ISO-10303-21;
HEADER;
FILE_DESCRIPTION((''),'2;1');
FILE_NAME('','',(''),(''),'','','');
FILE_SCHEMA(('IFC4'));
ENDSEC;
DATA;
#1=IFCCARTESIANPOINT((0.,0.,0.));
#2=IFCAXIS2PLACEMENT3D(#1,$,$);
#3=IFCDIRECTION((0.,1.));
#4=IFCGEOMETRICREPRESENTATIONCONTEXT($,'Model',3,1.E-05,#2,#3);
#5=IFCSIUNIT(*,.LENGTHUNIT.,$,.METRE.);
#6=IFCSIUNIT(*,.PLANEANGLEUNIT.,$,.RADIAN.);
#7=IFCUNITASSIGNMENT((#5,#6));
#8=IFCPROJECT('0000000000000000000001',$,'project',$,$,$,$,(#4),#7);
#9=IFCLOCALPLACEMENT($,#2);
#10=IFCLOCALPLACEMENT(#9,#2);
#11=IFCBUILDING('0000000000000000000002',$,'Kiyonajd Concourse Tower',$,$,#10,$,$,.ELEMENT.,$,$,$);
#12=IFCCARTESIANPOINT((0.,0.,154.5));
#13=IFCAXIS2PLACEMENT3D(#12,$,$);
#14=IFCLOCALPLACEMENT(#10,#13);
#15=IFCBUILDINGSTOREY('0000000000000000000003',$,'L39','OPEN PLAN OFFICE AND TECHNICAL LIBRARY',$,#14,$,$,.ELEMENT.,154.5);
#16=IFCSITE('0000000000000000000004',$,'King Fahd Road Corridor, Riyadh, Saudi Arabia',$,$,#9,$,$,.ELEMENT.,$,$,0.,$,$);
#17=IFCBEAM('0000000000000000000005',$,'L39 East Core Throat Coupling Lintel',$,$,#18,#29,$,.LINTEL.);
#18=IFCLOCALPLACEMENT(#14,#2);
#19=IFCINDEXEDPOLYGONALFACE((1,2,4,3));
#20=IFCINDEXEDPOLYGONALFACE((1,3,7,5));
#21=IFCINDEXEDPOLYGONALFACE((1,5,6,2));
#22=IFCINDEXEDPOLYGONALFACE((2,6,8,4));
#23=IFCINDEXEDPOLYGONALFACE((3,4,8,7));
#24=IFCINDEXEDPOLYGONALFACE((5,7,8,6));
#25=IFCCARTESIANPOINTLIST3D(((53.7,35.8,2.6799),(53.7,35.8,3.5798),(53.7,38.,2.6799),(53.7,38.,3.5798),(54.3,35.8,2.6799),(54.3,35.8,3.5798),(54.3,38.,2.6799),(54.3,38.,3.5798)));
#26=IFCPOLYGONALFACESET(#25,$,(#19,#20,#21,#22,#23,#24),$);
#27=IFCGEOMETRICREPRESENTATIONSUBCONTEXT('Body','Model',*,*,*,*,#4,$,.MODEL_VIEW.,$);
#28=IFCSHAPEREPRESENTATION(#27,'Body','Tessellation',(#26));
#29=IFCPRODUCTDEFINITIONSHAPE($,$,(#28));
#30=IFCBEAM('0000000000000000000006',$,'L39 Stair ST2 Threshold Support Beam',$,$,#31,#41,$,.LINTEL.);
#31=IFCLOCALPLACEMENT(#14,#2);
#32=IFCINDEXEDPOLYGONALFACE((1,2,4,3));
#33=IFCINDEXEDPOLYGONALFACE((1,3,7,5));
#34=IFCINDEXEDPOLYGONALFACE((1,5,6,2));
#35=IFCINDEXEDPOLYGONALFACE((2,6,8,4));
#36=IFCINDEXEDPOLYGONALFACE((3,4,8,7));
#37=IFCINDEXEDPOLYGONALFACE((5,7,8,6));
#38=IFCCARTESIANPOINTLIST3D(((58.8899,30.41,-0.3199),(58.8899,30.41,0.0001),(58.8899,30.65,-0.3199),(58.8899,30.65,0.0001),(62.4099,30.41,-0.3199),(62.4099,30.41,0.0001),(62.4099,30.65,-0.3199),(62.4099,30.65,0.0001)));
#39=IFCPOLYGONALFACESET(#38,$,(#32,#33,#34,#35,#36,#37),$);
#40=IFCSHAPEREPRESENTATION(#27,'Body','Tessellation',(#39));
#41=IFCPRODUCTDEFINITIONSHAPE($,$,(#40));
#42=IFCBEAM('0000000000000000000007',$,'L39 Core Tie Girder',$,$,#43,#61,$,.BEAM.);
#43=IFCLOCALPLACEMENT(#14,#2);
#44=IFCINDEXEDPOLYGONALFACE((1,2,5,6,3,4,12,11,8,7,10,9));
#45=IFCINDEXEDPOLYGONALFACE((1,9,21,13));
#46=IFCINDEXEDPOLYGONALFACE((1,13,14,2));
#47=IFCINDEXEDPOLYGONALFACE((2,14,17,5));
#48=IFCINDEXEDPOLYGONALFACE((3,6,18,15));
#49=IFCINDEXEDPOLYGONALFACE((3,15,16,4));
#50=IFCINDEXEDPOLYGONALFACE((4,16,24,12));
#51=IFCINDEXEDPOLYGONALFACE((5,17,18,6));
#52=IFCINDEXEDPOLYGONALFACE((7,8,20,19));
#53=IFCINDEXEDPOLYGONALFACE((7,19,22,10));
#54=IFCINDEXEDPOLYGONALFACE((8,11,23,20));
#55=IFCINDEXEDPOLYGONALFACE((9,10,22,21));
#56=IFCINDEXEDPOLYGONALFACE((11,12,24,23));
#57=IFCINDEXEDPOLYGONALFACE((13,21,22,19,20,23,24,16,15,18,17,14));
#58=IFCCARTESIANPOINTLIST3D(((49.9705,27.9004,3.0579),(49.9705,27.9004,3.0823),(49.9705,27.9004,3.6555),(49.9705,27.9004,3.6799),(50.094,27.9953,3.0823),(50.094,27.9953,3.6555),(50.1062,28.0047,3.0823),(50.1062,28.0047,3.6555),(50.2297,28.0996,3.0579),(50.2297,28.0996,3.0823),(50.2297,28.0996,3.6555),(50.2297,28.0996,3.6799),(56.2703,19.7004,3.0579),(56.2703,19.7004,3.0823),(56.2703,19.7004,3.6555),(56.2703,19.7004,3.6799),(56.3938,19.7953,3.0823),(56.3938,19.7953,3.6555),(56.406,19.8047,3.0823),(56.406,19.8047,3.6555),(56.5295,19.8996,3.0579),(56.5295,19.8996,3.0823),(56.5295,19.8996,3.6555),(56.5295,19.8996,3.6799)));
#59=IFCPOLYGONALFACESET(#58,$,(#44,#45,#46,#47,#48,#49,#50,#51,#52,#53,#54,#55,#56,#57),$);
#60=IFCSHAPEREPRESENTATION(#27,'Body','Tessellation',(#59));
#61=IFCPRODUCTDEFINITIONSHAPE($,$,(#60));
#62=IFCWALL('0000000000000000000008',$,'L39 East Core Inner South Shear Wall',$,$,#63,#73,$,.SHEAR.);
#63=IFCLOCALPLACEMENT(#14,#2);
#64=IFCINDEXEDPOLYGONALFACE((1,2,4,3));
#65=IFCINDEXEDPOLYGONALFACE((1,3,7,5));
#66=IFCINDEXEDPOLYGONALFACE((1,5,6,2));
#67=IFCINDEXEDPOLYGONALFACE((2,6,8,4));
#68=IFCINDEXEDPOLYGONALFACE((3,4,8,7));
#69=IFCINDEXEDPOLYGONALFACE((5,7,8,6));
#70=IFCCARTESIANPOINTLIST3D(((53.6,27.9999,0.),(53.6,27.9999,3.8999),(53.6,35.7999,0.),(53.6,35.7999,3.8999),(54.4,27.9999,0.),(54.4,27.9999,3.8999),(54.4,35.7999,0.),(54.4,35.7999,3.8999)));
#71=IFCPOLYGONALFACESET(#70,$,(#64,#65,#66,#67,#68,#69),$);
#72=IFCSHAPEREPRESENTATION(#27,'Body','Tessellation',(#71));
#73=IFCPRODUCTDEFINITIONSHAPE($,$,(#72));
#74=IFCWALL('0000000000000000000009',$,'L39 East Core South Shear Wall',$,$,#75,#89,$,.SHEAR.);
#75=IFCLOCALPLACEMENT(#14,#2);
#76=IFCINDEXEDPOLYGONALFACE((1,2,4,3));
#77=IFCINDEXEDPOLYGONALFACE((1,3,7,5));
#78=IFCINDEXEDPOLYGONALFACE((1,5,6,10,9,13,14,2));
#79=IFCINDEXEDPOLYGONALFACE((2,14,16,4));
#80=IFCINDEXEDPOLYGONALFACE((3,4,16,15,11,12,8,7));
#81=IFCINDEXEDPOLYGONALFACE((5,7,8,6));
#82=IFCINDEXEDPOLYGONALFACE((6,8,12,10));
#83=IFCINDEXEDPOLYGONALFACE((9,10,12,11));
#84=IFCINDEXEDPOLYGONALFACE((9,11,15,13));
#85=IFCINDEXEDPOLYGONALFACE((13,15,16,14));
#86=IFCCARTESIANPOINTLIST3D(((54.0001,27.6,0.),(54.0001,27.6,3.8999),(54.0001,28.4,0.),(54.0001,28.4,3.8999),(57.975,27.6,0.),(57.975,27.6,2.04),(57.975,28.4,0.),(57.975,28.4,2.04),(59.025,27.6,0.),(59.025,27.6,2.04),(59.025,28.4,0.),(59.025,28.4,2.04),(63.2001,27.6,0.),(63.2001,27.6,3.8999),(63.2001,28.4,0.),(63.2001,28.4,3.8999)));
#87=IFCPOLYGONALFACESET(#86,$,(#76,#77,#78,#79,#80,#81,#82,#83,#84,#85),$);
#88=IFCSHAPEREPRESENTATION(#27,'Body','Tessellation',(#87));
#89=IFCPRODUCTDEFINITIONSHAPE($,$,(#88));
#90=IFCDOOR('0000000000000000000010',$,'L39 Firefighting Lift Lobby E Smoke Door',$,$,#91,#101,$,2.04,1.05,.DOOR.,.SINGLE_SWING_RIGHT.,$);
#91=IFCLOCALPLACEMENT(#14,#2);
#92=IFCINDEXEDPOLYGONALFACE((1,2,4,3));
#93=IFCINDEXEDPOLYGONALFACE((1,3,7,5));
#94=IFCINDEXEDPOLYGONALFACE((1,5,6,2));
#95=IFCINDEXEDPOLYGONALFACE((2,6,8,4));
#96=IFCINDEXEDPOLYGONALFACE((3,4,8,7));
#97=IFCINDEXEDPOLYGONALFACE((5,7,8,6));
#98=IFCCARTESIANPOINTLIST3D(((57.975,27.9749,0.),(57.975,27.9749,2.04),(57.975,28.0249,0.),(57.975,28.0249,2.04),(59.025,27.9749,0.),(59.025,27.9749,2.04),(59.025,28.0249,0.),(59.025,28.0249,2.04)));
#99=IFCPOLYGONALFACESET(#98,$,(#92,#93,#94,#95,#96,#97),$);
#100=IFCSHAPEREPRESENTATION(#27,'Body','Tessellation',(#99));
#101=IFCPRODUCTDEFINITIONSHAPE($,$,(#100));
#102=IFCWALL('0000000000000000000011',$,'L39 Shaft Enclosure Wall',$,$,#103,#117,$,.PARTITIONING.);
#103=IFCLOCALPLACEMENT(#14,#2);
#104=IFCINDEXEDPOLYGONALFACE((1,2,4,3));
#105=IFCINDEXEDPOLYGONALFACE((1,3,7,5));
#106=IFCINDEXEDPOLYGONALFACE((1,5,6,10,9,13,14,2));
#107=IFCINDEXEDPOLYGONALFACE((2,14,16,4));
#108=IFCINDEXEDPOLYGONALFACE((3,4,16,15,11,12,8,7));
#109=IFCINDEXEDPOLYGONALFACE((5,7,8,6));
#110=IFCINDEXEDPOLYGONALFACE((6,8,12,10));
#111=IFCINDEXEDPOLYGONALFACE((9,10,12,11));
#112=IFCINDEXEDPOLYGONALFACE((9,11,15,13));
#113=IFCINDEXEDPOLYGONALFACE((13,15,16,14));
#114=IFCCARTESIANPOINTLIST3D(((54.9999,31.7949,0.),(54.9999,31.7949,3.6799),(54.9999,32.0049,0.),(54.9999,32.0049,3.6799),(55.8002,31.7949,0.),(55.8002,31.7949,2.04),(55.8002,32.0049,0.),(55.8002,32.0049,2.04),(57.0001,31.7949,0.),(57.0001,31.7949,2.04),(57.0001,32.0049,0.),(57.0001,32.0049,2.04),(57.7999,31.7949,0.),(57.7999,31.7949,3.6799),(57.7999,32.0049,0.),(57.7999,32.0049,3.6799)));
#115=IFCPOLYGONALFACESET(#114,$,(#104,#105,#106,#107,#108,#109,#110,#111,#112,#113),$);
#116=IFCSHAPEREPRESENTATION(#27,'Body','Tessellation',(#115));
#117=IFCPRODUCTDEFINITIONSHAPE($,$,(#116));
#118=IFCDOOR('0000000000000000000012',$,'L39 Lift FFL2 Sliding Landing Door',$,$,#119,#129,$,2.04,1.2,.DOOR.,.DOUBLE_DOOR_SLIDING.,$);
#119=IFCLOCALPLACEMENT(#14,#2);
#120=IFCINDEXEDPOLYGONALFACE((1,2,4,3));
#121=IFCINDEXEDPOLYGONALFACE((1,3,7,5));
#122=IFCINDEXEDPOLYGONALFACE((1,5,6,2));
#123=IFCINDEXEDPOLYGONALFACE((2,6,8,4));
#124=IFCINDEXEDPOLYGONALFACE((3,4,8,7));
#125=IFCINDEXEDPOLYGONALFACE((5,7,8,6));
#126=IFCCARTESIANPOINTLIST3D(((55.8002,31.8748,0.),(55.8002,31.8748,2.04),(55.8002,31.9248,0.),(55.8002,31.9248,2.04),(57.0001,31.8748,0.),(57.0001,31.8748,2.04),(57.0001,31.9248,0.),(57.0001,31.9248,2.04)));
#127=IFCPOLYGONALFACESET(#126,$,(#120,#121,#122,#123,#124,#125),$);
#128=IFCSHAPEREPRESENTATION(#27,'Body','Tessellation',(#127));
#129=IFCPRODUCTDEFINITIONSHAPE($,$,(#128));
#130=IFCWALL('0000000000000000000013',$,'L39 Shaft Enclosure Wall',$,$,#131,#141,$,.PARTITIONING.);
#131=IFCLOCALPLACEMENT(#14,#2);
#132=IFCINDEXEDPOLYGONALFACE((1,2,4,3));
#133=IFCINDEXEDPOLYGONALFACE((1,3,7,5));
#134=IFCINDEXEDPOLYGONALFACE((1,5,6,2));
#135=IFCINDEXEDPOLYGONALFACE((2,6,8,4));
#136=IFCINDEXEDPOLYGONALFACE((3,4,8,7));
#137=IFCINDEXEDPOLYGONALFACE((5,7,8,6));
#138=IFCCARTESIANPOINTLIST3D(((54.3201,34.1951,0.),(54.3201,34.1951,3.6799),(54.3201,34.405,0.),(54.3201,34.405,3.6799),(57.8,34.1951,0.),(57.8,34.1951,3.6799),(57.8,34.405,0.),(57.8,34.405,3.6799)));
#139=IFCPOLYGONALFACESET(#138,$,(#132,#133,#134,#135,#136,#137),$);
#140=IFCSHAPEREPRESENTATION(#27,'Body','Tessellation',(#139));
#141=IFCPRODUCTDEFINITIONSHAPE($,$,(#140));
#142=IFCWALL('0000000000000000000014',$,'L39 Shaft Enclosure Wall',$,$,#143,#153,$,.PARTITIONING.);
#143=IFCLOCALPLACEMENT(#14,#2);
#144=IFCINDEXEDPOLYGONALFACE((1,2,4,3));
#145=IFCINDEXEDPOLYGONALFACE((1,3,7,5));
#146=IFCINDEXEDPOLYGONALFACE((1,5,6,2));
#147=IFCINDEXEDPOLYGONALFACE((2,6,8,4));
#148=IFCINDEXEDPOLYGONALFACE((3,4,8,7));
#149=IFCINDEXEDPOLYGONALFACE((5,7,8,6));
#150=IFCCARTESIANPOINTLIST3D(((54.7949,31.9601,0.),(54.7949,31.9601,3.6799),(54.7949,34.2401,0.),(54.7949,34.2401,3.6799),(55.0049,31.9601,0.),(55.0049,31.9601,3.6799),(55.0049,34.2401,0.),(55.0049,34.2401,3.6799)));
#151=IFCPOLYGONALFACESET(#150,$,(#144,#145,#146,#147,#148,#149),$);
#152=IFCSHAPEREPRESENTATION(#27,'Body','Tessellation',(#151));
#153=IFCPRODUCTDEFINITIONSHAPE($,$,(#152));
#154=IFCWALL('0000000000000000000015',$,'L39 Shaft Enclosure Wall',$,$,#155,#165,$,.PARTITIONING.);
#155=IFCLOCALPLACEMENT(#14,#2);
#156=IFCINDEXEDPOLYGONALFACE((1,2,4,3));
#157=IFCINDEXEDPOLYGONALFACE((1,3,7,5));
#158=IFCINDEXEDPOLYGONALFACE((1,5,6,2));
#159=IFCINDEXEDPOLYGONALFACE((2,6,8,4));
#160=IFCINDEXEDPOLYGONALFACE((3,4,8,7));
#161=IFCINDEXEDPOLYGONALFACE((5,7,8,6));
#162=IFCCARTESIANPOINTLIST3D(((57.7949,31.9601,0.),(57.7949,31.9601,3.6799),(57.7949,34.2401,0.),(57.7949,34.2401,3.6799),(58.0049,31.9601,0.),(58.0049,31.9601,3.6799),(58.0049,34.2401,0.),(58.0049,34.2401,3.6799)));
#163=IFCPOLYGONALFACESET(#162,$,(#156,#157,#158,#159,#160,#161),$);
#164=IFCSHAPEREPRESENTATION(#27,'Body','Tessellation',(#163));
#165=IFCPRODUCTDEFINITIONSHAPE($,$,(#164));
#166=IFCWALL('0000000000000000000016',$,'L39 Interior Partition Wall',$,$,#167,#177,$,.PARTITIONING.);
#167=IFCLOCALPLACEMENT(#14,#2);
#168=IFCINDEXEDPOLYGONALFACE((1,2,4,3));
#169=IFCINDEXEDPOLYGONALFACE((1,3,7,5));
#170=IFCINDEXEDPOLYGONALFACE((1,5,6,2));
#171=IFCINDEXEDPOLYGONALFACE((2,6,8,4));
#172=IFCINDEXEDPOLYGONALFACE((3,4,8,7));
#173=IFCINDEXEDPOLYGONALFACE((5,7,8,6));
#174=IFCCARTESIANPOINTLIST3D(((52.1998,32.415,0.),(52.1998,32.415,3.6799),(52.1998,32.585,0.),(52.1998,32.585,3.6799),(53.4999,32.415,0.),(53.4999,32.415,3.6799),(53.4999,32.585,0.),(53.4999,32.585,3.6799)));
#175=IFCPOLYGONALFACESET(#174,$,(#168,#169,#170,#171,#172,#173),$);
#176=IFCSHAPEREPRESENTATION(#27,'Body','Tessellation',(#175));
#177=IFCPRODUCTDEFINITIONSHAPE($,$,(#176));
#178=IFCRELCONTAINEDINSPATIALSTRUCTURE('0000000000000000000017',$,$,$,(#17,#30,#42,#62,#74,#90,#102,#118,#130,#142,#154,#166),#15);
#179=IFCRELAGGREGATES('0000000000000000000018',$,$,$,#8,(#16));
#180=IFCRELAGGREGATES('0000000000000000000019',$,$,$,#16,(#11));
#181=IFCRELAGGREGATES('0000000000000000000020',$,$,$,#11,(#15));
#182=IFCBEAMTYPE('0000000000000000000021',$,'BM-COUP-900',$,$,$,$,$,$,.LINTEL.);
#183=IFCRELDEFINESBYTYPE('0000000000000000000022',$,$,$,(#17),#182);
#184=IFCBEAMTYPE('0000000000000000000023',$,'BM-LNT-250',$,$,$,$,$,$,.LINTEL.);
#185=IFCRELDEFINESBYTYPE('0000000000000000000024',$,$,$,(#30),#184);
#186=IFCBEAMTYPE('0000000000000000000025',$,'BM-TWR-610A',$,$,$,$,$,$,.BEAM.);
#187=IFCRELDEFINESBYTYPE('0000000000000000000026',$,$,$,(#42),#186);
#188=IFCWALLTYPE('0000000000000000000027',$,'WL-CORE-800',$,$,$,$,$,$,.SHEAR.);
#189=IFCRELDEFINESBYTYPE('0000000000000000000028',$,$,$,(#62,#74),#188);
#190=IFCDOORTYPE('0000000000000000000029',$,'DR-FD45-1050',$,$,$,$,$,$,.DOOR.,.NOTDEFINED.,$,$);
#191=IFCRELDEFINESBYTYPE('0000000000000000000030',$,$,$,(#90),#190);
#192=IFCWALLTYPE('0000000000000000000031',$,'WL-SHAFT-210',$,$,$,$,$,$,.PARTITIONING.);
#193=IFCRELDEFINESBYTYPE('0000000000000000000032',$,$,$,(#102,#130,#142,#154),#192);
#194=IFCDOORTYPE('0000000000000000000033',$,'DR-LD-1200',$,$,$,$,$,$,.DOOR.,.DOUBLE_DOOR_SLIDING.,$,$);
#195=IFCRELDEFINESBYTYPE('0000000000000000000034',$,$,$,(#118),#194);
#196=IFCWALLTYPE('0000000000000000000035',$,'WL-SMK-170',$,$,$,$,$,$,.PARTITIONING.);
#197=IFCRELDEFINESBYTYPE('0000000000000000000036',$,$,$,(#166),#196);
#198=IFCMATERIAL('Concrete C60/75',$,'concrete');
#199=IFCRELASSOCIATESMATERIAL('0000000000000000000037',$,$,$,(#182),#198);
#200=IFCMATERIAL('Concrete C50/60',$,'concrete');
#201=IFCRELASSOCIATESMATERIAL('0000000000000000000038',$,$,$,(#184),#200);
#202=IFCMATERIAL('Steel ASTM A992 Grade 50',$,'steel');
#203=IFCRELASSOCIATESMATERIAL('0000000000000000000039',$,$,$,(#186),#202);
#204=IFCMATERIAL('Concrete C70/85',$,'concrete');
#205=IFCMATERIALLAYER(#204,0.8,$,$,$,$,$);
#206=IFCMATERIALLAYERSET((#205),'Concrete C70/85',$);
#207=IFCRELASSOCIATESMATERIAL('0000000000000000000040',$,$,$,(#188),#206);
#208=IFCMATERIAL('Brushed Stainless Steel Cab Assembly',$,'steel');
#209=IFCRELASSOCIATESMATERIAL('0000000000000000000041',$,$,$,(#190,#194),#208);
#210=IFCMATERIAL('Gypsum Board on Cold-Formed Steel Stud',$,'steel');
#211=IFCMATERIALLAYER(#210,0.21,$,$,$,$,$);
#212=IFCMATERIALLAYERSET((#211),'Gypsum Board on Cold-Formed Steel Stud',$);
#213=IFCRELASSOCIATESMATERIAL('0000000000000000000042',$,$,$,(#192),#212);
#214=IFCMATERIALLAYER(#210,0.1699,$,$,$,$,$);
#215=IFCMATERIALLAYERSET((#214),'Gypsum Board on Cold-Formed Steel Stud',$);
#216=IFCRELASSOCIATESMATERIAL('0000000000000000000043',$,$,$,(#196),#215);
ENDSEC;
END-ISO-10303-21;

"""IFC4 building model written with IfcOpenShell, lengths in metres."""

from ifc_helpers import new_model, si_unit, direction, frame, frame_2d, origin, origin_2d, place, context, subcontext, project, spatial, rectangle, i_section, extrude, material, layer, layer_set, material_profile, profile_set, type_object, element, fill, save


model = new_model("IFC4")

# Units and contexts
model_context = context("Model", 3, precision=1e-05, world=origin(), true_north=direction((0.0, 1.0)))
body_context = subcontext(model_context, "Body", "Model", "MODEL_VIEW")
ifc_project = project(units=[si_unit("LENGTHUNIT", "METRE"), si_unit("PLANEANGLEUNIT", "RADIAN")], contexts=[model_context])

# Site, building, storey
site_placement = place(None, origin())
site = spatial("IfcSite", under=ifc_project, at=site_placement, Name="King Fahd Road Corridor, Riyadh, Saudi Arabia", CompositionType="ELEMENT", RefElevation=0.0)
building_placement = place(site_placement, origin())
building = spatial("IfcBuilding", under=site, at=building_placement, Name="Kiyonajd Concourse Tower", CompositionType="ELEMENT")
storey_placement = place(building_placement, frame((0.0, 0.0, 154.5)))
storey = spatial("IfcBuildingStorey", under=building, at=storey_placement, Name="L39", Description="OPEN PLAN OFFICE AND TECHNICAL LIBRARY", CompositionType="ELEMENT", Elevation=154.5)

# Beams
ifc_material_1 = material(Name="Concrete C60/75", Category="concrete")
ifc_material_profile_1 = material_profile(ifc_material_1, rectangle(XDim=0.6001, YDim=0.8999, at=origin_2d()), Name="RCBM-600x900")
ifc_profile_set_1 = profile_set([ifc_material_profile_1], Name="Concrete C60/75")
beam_type_1 = type_object("IfcBeamType", Name="BM-COUP-900", PredefinedType="LINTEL", material=ifc_profile_set_1)
beam_1_placement = place(storey_placement, frame((54.0, 35.8, 3.1299), z_axis=(0.0, 1.0, 0.0), x_axis=(-1.0, 0.0, 0.0)))
element("IfcBeam", 1, at=beam_1_placement, inside=storey, type_object=beam_type_1, Name="L39 East Core Throat Coupling Lintel", PredefinedType="LINTEL", context=body_context, shape_type="SweptSolid", body=[
    extrude(rectangle(XDim=0.6001, YDim=0.8999, at=origin_2d()), origin(), (0.0, 0.0, 1.0), 2.2),
])
ifc_material_2 = material(Name="Concrete C50/60", Category="concrete")
ifc_material_profile_2 = material_profile(ifc_material_2, rectangle(XDim=0.24, YDim=0.3201, at=origin_2d()), Name="RCBM-240x320")
ifc_profile_set_2 = profile_set([ifc_material_profile_2], Name="Concrete C50/60")
beam_type_2 = type_object("IfcBeamType", Name="BM-LNT-250", PredefinedType="LINTEL", material=ifc_profile_set_2)
beam_2_placement = place(storey_placement, frame((58.8899, 30.53, -0.1599), z_axis=(1.0, 0.0, 0.0), x_axis=(0.0, 1.0, 0.0)))
element("IfcBeam", 2, at=beam_2_placement, inside=storey, type_object=beam_type_2, Name="L39 Stair ST2 Threshold Support Beam", PredefinedType="LINTEL", context=body_context, shape_type="SweptSolid", body=[
    extrude(rectangle(XDim=0.24, YDim=0.3201, at=origin_2d()), origin(), (0.0, 0.0, 1.0), 3.52),
])
ifc_material_3 = material(Name="Steel ASTM A992 Grade 50", Category="steel")
ifc_material_profile_3 = material_profile(ifc_material_3, i_section(OverallWidth=0.3269, OverallDepth=0.6221, WebThickness=0.0154, FlangeThickness=0.0244, at=origin_2d()), Name="W610X195")
ifc_profile_set_3 = profile_set([ifc_material_profile_3], Name="Steel ASTM A992 Grade 50")
beam_type_3 = type_object("IfcBeamType", Name="BM-TWR-610A", PredefinedType="BEAM", material=ifc_profile_set_3)
beam_3_placement = place(storey_placement, frame((50.1001, 28.0, 3.3689), z_axis=(0.609234, -0.792991, 0.0), x_axis=(0.792991, 0.609234, 0.0)))
element("IfcBeam", 3, at=beam_3_placement, inside=storey, type_object=beam_type_3, Name="L39 Core Tie Girder", PredefinedType="BEAM", context=body_context, shape_type="SweptSolid", body=[
    extrude(i_section(OverallWidth=0.3269, OverallDepth=0.6221, WebThickness=0.0154, FlangeThickness=0.0244, at=origin_2d()), origin(), (0.0, 0.0, 1.0), 10.3406),
])

# Wall
ifc_material_4 = material(Name="Concrete C70/85", Category="concrete")
ifc_layer_1 = layer(ifc_material_4, 0.8)
ifc_layer_set_1 = layer_set([ifc_layer_1], Name="Concrete C70/85")
wall_type_1 = type_object("IfcWallType", Name="WL-CORE-800", PredefinedType="SHEAR", material=ifc_layer_set_1)
wall_1_placement = place(storey_placement, frame((54.0, 28.0, 0.0), z_axis=(0.0, 0.0, 1.0), x_axis=(0.0, 1.0, 0.0)))
element("IfcWall", 4, at=wall_1_placement, inside=storey, type_object=wall_type_1, Name="L39 East Core Inner South Shear Wall", PredefinedType="SHEAR", context=body_context, shape_type="SweptSolid", body=[
    extrude(rectangle(XDim=7.8, YDim=0.8, at=frame_2d((3.8999, 0.0))), origin(), (0.0, 0.0, 1.0), 3.8999),
])

# Walls, openings, doors
wall_2_placement = place(storey_placement, frame((54.0, 28.0, 0.0), z_axis=(0.0, 0.0, 1.0), x_axis=(1.0, 0.0, 0.0)))
wall_2 = element("IfcWall", 5, at=wall_2_placement, inside=storey, type_object=wall_type_1, Name="L39 East Core South Shear Wall", PredefinedType="SHEAR", context=body_context, shape_type="SweptSolid", body=[
    extrude(rectangle(XDim=9.2, YDim=0.8, at=frame_2d((4.6001, 0.0))), origin(), (0.0, 0.0, 1.0), 3.8999),
])
opening_1_placement = place(wall_2_placement, frame((3.9751, 0.0, 0.0)))
opening_1 = element("IfcOpeningElement", 6, at=opening_1_placement, cuts=wall_2, PredefinedType="OPENING", context=body_context, shape_type="SweptSolid", body=[
    extrude(rectangle(XDim=1.05, YDim=2.04, at=frame_2d((0.5249, 1.02))), frame((0.0, 0.4099, 0.0), z_axis=(0.0, -1.0, 0.0), x_axis=(1.0, 0.0, 0.0)), (0.0, 0.0, 1.0), 0.8201),
])
ifc_material_5 = material(Name="Brushed Stainless Steel Cab Assembly", Category="steel")
door_type_1 = type_object("IfcDoorType", Name="DR-FD45-1050", OperationType="NOTDEFINED", PredefinedType="DOOR", material=ifc_material_5)
door_1_placement = place(opening_1_placement, origin())
door_1 = element("IfcDoor", 7, at=door_1_placement, inside=storey, type_object=door_type_1, Name="L39 Firefighting Lift Lobby E Smoke Door", OperationType="SINGLE_SWING_RIGHT", OverallHeight=2.04, OverallWidth=1.05, PredefinedType="DOOR", context=body_context, shape_type="SweptSolid", body=[
    extrude(rectangle(XDim=1.05, YDim=2.04, at=frame_2d((0.5249, 1.02))), frame((0.0, 0.0249, 0.0), z_axis=(0.0, -1.0, 0.0), x_axis=(1.0, 0.0, 0.0)), (0.0, 0.0, 1.0), 0.05),
])
fill(opening_1, door_1)
ifc_material_6 = material(Name="Gypsum Board on Cold-Formed Steel Stud", Category="steel")
ifc_layer_2 = layer(ifc_material_6, 0.21)
ifc_layer_set_2 = layer_set([ifc_layer_2], Name="Gypsum Board on Cold-Formed Steel Stud")
wall_type_2 = type_object("IfcWallType", Name="WL-SHAFT-210", PredefinedType="PARTITIONING", material=ifc_layer_set_2)
wall_3_placement = place(storey_placement, frame((55.0, 31.8999, 0.0), z_axis=(0.0, 0.0, 1.0), x_axis=(1.0, 0.0, 0.0)))
wall_3 = element("IfcWall", 8, at=wall_3_placement, inside=storey, type_object=wall_type_2, Name="L39 Shaft Enclosure Wall", PredefinedType="PARTITIONING", context=body_context, shape_type="SweptSolid", body=[
    extrude(rectangle(XDim=2.8, YDim=0.21, at=frame_2d((1.3999, 0.0))), origin(), (0.0, 0.0, 1.0), 3.6799),
])
opening_2_placement = place(wall_3_placement, frame((0.8, 0.0, 0.0)))
opening_2 = element("IfcOpeningElement", 9, at=opening_2_placement, cuts=wall_3, PredefinedType="OPENING", context=body_context, shape_type="SweptSolid", body=[
    extrude(rectangle(XDim=1.2, YDim=2.04, at=frame_2d((0.6001, 1.02))), frame((0.0, 0.115, 0.0), z_axis=(0.0, -1.0, 0.0), x_axis=(1.0, 0.0, 0.0)), (0.0, 0.0, 1.0), 0.23),
])
door_type_2 = type_object("IfcDoorType", Name="DR-LD-1200", OperationType="DOUBLE_DOOR_SLIDING", PredefinedType="DOOR", material=ifc_material_5)
door_2_placement = place(opening_2_placement, origin())
door_2 = element("IfcDoor", 10, at=door_2_placement, inside=storey, type_object=door_type_2, Name="L39 Lift FFL2 Sliding Landing Door", OperationType="DOUBLE_DOOR_SLIDING", OverallHeight=2.04, OverallWidth=1.2, PredefinedType="DOOR", context=body_context, shape_type="SweptSolid", body=[
    extrude(rectangle(XDim=1.2, YDim=2.04, at=frame_2d((0.6001, 1.02))), frame((0.0, 0.0249, 0.0), z_axis=(0.0, -1.0, 0.0), x_axis=(1.0, 0.0, 0.0)), (0.0, 0.0, 1.0), 0.05),
])
fill(opening_2, door_2)

# Walls
wall_4_placement = place(storey_placement, frame((54.3201, 34.3, 0.0), z_axis=(0.0, 0.0, 1.0), x_axis=(1.0, 0.0, 0.0)))
element("IfcWall", 11, at=wall_4_placement, inside=storey, type_object=wall_type_2, Name="L39 Shaft Enclosure Wall", PredefinedType="PARTITIONING", context=body_context, shape_type="SweptSolid", body=[
    extrude(rectangle(XDim=3.48, YDim=0.21, at=frame_2d((1.74, 0.0))), origin(), (0.0, 0.0, 1.0), 3.6799),
])
for number, where, z_axis, x_axis, name in (
    (12, (54.8999, 31.96, 0.0), (0.0, 0.0, 1.0), (0.0, 1.0, 0.0), "L39 Shaft Enclosure Wall"),
    (13, (57.8999, 31.96, 0.0), (0.0, 0.0, 1.0), (0.0, 1.0, 0.0), "L39 Shaft Enclosure Wall"),
):
    element("IfcWall", number, at=place(storey_placement, frame(where, z_axis=z_axis, x_axis=x_axis)), inside=storey, type_object=wall_type_2, Name=name, PredefinedType="PARTITIONING", context=body_context, shape_type="SweptSolid", body=[
        extrude(rectangle(XDim=2.28, YDim=0.21, at=frame_2d((1.1401, 0.0))), origin(), (0.0, 0.0, 1.0), 3.6799),
    ])
ifc_layer_3 = layer(ifc_material_6, 0.1699)
ifc_layer_set_3 = layer_set([ifc_layer_3], Name="Gypsum Board on Cold-Formed Steel Stud")
wall_type_3 = type_object("IfcWallType", Name="WL-SMK-170", PredefinedType="PARTITIONING", material=ifc_layer_set_3)
wall_5_placement = place(storey_placement, frame((52.2, 32.5, 0.0), z_axis=(0.0, 0.0, 1.0), x_axis=(1.0, 0.0, 0.0)))
element("IfcWall", 14, at=wall_5_placement, inside=storey, type_object=wall_type_3, Name="L39 Interior Partition Wall", PredefinedType="PARTITIONING", context=body_context, shape_type="SweptSolid", body=[
    extrude(rectangle(XDim=1.3, YDim=0.1699, at=frame_2d((0.6499, 0.0))), origin(), (0.0, 0.0, 1.0), 3.6799),
])

save(model, "model.ifc")
